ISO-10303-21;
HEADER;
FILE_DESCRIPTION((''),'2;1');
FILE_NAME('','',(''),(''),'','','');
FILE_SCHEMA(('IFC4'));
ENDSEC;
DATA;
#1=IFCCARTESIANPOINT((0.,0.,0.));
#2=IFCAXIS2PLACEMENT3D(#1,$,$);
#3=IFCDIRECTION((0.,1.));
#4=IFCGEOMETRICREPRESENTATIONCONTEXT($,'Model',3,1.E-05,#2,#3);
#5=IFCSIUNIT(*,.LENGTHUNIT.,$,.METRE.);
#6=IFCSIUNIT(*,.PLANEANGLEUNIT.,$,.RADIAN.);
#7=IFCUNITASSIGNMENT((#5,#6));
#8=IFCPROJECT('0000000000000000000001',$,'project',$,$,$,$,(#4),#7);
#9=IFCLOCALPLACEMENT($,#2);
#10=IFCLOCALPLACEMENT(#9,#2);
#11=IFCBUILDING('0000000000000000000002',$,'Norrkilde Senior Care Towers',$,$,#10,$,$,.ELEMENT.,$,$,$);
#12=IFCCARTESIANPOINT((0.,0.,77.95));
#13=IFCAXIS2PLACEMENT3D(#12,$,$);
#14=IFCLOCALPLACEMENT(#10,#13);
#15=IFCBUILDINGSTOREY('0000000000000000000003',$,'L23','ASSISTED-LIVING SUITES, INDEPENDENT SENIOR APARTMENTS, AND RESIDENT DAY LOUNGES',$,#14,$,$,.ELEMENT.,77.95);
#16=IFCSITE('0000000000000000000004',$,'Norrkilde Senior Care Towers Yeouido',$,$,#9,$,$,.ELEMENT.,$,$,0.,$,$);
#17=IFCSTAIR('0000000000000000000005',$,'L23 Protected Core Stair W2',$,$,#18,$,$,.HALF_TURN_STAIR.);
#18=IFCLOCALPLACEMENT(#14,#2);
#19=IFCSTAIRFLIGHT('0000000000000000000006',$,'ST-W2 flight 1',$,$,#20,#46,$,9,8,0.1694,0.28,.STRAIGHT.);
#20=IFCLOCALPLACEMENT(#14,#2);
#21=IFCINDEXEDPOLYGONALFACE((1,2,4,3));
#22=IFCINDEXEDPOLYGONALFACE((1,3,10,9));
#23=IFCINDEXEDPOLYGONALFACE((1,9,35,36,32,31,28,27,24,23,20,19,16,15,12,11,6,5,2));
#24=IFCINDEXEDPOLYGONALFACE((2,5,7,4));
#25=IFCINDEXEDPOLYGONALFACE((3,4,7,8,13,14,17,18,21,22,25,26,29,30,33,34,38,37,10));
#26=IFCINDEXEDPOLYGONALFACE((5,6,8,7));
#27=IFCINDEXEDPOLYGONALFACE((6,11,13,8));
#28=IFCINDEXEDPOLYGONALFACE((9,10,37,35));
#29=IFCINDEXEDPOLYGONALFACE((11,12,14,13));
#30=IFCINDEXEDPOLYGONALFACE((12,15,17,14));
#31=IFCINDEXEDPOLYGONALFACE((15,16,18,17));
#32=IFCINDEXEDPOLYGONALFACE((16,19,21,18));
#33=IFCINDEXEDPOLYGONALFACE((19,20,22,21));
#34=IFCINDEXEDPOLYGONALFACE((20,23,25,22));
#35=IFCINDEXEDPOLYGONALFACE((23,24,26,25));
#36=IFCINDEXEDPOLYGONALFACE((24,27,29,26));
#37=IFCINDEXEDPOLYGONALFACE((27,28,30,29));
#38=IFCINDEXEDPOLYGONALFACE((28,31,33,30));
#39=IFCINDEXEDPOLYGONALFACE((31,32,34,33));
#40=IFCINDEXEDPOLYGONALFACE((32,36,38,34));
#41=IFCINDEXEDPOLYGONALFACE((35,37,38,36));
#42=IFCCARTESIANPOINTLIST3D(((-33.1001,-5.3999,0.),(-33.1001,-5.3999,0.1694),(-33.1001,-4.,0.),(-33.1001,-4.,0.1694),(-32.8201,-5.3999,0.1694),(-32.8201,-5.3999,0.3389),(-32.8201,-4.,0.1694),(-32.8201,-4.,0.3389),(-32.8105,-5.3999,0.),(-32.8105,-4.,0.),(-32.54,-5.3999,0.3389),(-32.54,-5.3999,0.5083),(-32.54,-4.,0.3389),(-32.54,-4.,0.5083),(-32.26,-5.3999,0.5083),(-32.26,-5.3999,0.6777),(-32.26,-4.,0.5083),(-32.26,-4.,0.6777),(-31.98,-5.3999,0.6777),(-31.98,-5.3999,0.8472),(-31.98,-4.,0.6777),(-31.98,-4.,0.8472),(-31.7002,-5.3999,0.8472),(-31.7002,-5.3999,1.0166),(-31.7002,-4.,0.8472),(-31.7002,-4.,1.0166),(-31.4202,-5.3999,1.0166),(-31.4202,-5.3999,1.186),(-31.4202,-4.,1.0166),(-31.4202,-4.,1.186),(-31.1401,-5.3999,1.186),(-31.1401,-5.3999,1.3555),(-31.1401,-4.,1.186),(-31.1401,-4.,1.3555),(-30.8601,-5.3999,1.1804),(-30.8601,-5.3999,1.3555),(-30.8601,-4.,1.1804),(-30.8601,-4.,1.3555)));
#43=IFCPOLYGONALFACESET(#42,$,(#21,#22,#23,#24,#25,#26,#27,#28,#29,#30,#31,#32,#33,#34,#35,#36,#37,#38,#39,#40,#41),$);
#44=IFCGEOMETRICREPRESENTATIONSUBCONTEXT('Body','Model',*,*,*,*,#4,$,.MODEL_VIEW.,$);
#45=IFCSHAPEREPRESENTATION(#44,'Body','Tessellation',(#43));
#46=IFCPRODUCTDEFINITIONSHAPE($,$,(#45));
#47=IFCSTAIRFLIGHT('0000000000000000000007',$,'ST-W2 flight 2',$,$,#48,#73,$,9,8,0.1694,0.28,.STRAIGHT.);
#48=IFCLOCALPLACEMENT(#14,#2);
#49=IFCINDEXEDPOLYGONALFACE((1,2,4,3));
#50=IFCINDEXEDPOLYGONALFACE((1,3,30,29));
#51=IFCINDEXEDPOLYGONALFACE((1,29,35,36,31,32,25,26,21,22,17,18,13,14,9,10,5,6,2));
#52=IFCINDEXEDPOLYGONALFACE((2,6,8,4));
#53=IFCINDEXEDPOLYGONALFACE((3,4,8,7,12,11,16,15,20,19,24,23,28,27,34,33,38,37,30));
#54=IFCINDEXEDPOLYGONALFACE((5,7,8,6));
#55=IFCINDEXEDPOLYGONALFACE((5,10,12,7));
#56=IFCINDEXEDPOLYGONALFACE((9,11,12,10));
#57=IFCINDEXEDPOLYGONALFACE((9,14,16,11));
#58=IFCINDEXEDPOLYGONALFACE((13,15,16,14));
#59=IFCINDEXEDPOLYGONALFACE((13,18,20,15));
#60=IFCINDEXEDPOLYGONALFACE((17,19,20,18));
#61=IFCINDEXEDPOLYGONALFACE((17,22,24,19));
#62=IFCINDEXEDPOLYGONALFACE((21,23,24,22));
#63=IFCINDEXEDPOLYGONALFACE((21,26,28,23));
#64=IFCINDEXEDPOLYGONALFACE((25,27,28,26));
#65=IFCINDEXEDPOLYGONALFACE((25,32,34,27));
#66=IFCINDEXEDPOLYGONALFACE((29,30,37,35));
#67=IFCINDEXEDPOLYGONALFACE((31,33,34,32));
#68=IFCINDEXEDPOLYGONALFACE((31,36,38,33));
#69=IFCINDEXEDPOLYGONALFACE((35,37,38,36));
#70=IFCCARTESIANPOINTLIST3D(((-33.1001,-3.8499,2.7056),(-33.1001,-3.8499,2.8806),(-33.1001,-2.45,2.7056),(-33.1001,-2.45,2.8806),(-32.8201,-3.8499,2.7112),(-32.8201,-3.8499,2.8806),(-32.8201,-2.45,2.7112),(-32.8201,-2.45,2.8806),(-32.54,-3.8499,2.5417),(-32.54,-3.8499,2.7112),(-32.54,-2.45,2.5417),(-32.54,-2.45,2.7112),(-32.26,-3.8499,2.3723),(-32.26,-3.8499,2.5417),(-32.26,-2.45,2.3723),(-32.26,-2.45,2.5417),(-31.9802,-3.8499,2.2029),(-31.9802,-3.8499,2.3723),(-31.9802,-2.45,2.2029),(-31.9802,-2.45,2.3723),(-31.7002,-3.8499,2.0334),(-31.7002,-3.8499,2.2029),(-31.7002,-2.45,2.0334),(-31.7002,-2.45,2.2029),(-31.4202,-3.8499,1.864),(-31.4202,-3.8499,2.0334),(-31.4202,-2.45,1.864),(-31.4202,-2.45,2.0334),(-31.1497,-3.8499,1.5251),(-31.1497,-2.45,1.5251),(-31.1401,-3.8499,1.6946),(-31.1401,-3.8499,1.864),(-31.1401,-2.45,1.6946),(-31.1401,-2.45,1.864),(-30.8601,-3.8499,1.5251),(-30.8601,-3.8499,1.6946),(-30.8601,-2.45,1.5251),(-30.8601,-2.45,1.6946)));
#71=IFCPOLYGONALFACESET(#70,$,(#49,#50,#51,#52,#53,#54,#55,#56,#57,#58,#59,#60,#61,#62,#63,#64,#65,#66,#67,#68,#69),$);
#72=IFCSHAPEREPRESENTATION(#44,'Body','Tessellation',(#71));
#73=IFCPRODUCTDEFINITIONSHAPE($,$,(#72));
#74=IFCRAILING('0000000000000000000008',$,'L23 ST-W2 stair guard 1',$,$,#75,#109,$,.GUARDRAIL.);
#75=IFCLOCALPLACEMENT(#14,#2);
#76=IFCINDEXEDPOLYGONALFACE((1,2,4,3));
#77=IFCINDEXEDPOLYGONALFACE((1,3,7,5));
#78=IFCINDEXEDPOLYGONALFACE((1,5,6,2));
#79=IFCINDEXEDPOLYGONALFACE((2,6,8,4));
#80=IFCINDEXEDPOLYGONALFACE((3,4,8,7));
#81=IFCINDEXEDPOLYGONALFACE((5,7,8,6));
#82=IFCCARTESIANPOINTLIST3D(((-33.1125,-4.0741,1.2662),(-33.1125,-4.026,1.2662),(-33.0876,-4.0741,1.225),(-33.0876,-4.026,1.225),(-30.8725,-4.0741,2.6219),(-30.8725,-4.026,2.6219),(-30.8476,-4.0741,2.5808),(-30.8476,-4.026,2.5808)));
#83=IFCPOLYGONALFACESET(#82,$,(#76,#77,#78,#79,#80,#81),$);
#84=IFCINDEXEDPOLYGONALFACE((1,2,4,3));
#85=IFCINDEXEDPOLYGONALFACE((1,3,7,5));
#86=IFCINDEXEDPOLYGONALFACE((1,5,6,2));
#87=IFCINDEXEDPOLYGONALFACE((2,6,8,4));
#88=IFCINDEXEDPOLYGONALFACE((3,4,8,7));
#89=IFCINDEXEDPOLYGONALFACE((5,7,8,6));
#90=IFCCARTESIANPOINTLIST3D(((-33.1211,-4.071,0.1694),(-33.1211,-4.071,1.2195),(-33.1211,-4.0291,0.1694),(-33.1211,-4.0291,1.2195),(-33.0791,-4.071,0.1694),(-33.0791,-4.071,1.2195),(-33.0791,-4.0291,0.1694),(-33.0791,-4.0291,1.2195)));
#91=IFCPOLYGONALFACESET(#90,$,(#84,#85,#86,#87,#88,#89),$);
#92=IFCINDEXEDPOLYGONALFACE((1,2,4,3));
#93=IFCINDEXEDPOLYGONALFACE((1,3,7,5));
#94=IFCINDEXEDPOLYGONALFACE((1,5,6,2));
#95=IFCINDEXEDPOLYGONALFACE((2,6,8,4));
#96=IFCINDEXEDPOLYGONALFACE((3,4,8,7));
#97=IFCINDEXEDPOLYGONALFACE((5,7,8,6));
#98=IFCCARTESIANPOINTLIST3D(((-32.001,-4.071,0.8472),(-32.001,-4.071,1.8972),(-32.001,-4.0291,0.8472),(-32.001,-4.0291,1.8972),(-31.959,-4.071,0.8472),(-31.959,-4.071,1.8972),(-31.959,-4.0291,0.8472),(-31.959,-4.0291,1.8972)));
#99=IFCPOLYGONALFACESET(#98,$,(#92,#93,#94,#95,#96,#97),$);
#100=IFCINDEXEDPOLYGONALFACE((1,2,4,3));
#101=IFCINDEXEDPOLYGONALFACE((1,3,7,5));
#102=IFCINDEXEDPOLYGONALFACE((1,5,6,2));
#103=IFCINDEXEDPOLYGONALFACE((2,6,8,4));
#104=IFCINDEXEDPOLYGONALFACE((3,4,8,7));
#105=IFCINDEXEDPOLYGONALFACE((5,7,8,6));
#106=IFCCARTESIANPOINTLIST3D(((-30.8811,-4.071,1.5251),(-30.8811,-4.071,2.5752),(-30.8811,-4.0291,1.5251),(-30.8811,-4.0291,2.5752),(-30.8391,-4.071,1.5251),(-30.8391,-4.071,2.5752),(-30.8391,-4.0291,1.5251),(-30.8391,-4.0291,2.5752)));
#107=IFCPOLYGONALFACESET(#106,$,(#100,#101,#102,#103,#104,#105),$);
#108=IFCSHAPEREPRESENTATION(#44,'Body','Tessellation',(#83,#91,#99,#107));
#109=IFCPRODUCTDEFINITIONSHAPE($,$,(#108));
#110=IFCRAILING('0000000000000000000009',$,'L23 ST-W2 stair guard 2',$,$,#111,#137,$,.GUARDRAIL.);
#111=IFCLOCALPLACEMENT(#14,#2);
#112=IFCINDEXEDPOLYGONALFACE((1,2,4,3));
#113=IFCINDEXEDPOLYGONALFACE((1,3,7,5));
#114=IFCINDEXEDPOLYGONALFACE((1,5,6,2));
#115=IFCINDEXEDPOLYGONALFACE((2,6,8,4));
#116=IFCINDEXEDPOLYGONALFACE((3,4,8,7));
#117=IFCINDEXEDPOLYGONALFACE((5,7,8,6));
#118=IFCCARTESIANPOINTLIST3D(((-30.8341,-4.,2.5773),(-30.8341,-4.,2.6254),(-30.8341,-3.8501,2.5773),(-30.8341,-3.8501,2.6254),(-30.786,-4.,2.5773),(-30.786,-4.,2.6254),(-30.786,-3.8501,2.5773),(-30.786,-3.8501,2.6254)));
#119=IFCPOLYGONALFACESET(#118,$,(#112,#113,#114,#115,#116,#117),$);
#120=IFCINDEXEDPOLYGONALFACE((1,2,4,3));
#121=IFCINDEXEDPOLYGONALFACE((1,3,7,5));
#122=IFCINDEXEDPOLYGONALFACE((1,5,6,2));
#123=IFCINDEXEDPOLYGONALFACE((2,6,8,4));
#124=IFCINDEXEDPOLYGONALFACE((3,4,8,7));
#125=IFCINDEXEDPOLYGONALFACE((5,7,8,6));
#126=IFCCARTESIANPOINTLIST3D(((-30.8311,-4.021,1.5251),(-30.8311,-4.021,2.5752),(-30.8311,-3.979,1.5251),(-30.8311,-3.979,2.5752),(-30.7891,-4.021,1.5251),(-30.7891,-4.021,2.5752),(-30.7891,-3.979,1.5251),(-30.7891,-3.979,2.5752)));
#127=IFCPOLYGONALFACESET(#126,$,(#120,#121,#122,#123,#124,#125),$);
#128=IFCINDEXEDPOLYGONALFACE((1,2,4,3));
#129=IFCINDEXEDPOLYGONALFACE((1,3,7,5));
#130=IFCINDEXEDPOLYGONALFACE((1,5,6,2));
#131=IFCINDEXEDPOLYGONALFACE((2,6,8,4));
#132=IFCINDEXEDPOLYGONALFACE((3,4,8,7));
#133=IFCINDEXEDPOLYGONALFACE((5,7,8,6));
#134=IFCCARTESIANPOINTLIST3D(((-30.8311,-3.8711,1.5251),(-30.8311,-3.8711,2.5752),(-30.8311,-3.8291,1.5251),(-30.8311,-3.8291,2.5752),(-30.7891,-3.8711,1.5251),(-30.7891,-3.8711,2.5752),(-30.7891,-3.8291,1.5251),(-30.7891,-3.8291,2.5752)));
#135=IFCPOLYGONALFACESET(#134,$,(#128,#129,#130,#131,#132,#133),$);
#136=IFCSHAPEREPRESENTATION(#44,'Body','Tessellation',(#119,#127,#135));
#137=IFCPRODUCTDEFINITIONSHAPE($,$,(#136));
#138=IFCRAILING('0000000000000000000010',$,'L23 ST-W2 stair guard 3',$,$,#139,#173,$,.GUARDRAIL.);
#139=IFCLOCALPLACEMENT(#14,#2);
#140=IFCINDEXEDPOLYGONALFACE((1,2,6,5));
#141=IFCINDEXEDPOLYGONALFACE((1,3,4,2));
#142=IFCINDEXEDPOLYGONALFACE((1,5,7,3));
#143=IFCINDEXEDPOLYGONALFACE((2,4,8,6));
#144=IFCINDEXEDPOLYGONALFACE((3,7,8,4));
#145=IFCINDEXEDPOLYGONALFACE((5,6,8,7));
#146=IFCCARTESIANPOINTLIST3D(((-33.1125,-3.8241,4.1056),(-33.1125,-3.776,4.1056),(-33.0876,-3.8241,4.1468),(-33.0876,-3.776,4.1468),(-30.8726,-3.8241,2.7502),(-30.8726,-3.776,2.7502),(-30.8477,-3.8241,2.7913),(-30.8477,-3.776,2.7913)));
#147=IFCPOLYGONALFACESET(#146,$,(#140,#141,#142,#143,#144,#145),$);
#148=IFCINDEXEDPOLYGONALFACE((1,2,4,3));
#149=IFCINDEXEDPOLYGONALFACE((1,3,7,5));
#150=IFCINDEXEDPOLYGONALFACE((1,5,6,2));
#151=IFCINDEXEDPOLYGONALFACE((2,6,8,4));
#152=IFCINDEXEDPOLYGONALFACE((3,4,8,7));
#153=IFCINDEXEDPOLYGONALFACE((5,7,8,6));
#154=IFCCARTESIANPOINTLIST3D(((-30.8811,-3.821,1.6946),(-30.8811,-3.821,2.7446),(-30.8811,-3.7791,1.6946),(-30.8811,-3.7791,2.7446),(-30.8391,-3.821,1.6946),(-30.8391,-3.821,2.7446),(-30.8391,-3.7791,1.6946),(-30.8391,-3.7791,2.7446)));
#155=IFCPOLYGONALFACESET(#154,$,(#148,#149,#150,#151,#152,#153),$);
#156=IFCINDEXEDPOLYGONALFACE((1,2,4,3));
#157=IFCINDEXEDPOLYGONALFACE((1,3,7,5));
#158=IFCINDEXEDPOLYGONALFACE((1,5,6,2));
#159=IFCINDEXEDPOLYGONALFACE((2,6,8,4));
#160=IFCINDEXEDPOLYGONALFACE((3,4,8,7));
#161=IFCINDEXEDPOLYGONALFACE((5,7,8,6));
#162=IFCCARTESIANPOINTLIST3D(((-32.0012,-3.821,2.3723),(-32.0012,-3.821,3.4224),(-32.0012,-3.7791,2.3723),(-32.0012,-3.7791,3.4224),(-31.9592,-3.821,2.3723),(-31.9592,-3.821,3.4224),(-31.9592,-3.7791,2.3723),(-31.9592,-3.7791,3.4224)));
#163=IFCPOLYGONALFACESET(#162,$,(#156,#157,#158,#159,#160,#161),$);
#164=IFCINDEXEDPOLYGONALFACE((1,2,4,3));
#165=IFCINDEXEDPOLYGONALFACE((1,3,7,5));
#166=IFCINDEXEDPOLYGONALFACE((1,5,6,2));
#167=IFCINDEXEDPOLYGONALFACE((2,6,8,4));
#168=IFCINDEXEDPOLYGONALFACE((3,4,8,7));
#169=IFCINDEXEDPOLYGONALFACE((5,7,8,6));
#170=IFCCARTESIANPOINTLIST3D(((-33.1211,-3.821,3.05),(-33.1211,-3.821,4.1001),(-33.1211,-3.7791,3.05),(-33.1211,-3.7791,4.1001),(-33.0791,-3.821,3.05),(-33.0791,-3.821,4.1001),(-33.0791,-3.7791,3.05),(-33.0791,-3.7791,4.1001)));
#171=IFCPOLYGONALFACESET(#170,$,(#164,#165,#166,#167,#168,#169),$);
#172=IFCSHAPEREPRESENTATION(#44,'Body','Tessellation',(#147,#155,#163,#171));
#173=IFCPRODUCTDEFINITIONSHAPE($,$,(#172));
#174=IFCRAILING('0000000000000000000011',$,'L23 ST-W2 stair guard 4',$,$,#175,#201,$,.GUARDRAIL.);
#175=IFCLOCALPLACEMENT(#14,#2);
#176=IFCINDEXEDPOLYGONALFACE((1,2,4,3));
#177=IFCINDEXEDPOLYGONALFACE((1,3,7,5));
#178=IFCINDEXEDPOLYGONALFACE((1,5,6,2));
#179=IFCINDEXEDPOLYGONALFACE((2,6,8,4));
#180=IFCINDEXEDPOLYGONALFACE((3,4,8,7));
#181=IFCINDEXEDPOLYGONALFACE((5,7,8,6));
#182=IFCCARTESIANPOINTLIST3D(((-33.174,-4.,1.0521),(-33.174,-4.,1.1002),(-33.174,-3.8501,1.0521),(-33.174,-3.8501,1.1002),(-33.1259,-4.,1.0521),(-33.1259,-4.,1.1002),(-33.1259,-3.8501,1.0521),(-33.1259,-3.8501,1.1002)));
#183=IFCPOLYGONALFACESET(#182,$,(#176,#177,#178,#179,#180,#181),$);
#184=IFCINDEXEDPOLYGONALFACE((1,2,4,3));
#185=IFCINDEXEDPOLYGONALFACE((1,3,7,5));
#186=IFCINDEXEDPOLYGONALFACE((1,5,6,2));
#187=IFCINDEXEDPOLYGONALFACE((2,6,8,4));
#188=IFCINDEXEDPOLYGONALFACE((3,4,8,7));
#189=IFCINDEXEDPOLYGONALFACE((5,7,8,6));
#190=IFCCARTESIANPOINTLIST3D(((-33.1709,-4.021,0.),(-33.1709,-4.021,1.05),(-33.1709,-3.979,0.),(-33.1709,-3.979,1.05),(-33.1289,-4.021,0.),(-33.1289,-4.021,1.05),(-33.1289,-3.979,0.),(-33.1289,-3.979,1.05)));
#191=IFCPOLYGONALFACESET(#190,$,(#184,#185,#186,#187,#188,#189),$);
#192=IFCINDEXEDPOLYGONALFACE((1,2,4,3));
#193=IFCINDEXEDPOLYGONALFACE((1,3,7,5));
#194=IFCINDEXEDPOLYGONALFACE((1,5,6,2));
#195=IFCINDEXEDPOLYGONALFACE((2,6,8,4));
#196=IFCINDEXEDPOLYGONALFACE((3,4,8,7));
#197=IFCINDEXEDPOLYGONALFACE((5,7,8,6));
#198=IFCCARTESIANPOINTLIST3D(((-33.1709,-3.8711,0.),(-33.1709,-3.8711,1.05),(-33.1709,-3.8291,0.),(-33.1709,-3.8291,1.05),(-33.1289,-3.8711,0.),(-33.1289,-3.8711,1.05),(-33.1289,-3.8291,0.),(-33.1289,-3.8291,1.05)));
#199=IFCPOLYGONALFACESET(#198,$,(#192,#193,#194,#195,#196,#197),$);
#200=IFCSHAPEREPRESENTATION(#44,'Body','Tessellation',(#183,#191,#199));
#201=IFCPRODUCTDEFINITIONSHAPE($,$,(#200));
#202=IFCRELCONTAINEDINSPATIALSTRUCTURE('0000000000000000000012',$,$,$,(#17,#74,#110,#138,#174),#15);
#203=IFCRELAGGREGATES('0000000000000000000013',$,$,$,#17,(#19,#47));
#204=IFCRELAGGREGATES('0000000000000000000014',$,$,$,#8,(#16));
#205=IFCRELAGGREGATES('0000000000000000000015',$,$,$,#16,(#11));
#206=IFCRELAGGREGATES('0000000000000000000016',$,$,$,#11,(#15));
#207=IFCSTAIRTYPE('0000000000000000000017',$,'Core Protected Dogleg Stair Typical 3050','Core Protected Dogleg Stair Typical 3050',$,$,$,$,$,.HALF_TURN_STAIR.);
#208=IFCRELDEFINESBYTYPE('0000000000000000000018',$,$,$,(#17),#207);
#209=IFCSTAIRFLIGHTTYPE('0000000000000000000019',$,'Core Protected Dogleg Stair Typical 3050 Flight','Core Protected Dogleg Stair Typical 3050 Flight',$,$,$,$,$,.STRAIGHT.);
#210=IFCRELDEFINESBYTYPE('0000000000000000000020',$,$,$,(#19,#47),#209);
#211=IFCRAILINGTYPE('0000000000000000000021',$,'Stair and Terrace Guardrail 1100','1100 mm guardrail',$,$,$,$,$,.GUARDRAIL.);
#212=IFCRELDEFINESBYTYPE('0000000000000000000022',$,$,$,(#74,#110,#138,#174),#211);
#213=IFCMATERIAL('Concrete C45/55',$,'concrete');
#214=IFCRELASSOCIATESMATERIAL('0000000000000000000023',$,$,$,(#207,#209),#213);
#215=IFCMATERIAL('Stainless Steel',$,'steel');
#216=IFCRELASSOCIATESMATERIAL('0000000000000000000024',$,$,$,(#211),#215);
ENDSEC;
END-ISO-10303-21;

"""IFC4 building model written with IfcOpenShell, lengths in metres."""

from ifc_helpers import new_model, si_unit, direction, frame, origin, origin_2d, place, context, subcontext, project, spatial, polyline, rectangle, outline, extrude, material, type_object, element, aggregate, save


model = new_model("IFC4")

# Units and contexts
model_context = context("Model", 3, precision=1e-05, world=origin(), true_north=direction((0.0, 1.0)))
body_context = subcontext(model_context, "Body", "Model", "MODEL_VIEW")
ifc_project = project(units=[si_unit("LENGTHUNIT", "METRE"), si_unit("PLANEANGLEUNIT", "RADIAN")], contexts=[model_context])

# Site, building, storey
site_placement = place(None, origin())
site = spatial("IfcSite", under=ifc_project, at=site_placement, Name="Norrkilde Senior Care Towers Yeouido", CompositionType="ELEMENT", RefElevation=0.0)
building_placement = place(site_placement, origin())
building = spatial("IfcBuilding", under=site, at=building_placement, Name="Norrkilde Senior Care Towers", CompositionType="ELEMENT")
storey_placement = place(building_placement, frame((0.0, 0.0, 77.95)))
storey = spatial("IfcBuildingStorey", under=building, at=storey_placement, Name="L23", Description="ASSISTED-LIVING SUITES, INDEPENDENT SENIOR APARTMENTS, AND RESIDENT DAY LOUNGES", CompositionType="ELEMENT", Elevation=77.95)

# Shared definitions
ifc_material_1 = material(Name="Concrete C45/55", Category="concrete")

# Shared definitions
ifc_material_2 = material(Name="Stainless Steel", Category="steel")

# Stair, stair flights
stair_type = type_object("IfcStairType", Name="Core Protected Dogleg Stair Typical 3050", Description="Core Protected Dogleg Stair Typical 3050", PredefinedType="HALF_TURN_STAIR", material=ifc_material_1)
stair_placement = place(storey_placement, origin())
stair = element("IfcStair", 1, at=stair_placement, inside=storey, type_object=stair_type, Name="L23 Protected Core Stair W2", PredefinedType="HALF_TURN_STAIR")
stair_flight_type = type_object("IfcStairFlightType", Name="Core Protected Dogleg Stair Typical 3050 Flight", Description="Core Protected Dogleg Stair Typical 3050 Flight", PredefinedType="STRAIGHT", material=ifc_material_1)
stair_flight_1_placement = place(storey_placement, frame((-33.1001, -4.7, 0.0), z_axis=(0.0, 0.0, 1.0), x_axis=(1.0, 0.0, 0.0)))
stair_flight_1 = element("IfcStairFlight", 2, at=stair_flight_1_placement, type_object=stair_flight_type, Name="ST-W2 flight 1", NumberOfRisers=9, NumberOfTreads=8, PredefinedType="STRAIGHT", RiserHeight=0.1694, TreadLength=0.28, context=body_context, shape_type="SweptSolid", body=[
    extrude(outline(polyline([(0.0, 0.0), (0.0, 0.1694), (0.28, 0.1694), (0.28, 0.3389), (0.5601, 0.3389), (0.5601, 0.5083), (0.8401, 0.5083), (0.8401, 0.6777), (1.1201, 0.6777), (1.1201, 0.8472), (1.3999, 0.8472), (1.3999, 1.0166), (1.6799, 1.0166), (1.6799, 1.186), (1.96, 1.186), (1.96, 1.3555), (2.24, 1.3555), (2.24, 1.5249), (2.24, 1.1804), (0.2896, 0.0), (0.0, 0.0)])), frame((0.0, 0.7, 0.0), z_axis=(0.0, -1.0, 0.0), x_axis=(1.0, 0.0, 0.0)), (0.0, 0.0, 1.0), 1.3999),
])
stair_flight_2_placement = place(storey_placement, frame((-30.8601, -3.1499, 1.5251), z_axis=(0.0, 0.0, 1.0), x_axis=(-1.0, 0.0, 0.0)))
stair_flight_2 = element("IfcStairFlight", 3, at=stair_flight_2_placement, type_object=stair_flight_type, Name="ST-W2 flight 2", NumberOfRisers=9, NumberOfTreads=8, PredefinedType="STRAIGHT", RiserHeight=0.1694, TreadLength=0.28, context=body_context, shape_type="SweptSolid", body=[
    extrude(outline(polyline([(0.0, 0.0), (0.0, 0.1694), (0.28, 0.1694), (0.28, 0.3389), (0.5601, 0.3389), (0.5601, 0.5083), (0.8401, 0.5083), (0.8401, 0.6777), (1.1201, 0.6777), (1.1201, 0.8472), (1.3999, 0.8472), (1.3999, 1.0166), (1.6799, 1.0166), (1.6799, 1.186), (1.96, 1.186), (1.96, 1.3555), (2.24, 1.3555), (2.24, 1.5249), (2.24, 1.1804), (0.2896, 0.0), (0.0, 0.0)])), frame((0.0, 0.7, 0.0), z_axis=(0.0, -1.0, 0.0), x_axis=(1.0, 0.0, 0.0)), (0.0, 0.0, 1.0), 1.3999),
])
aggregate(stair, [stair_flight_1, stair_flight_2])

# Railings
railing_type_1 = type_object("IfcRailingType", Name="Stair and Terrace Guardrail 1100", Description="1100 mm guardrail", PredefinedType="GUARDRAIL", material=ifc_material_2)
railing_1_placement = place(storey_placement, frame((-33.1001, -4.05, 0.1694)))
element("IfcRailing", 4, at=railing_1_placement, inside=storey, type_object=railing_type_1, Name="L23 ST-W2 stair guard 1", PredefinedType="GUARDRAIL", context=body_context, shape_type="SweptSolid", body=[
    extrude(rectangle(XDim=0.0481, YDim=0.0481, at=origin_2d()), frame((0.0, 0.0, 1.0762), z_axis=(0.855512, 0.0, 0.517783), x_axis=(0.0, 1.0, 0.0)), (0.0, 0.0, 1.0), 2.6184),
    extrude(rectangle(XDim=0.042, YDim=0.042, at=origin_2d()), origin(), (0.0, 0.0, 1.0), 1.05),
    extrude(rectangle(XDim=0.042, YDim=0.042, at=origin_2d()), frame((1.1201, 0.0, 0.6777)), (0.0, 0.0, 1.0), 1.05),
    extrude(rectangle(XDim=0.042, YDim=0.042, at=origin_2d()), frame((2.24, 0.0, 1.3557)), (0.0, 0.0, 1.0), 1.05),
])
railing_2_placement = place(storey_placement, frame((-30.8101, -4.0, 1.5251)))
element("IfcRailing", 5, at=railing_2_placement, inside=storey, type_object=railing_type_1, Name="L23 ST-W2 stair guard 2", PredefinedType="GUARDRAIL", context=body_context, shape_type="SweptSolid", body=[
    extrude(rectangle(XDim=0.0481, YDim=0.0481, at=origin_2d()), frame((0.0, 0.0, 1.0762), z_axis=(0.0, 1.0, 0.0), x_axis=(-1.0, 0.0, 0.0)), (0.0, 0.0, 1.0), 0.1499),
    extrude(rectangle(XDim=0.042, YDim=0.042, at=origin_2d()), origin(), (0.0, 0.0, 1.0), 1.05),
    extrude(rectangle(XDim=0.042, YDim=0.042, at=origin_2d()), frame((0.0, 0.1499, 0.0)), (0.0, 0.0, 1.0), 1.05),
])
railing_3_placement = place(storey_placement, frame((-30.8601, -3.8, 1.6946)))
element("IfcRailing", 6, at=railing_3_placement, inside=storey, type_object=railing_type_1, Name="L23 ST-W2 stair guard 3", PredefinedType="GUARDRAIL", context=body_context, shape_type="SweptSolid", body=[
    extrude(rectangle(XDim=0.0481, YDim=0.0481, at=origin_2d()), frame((0.0, 0.0, 1.0762), z_axis=(-0.855553, 0.0, 0.517715), x_axis=(0.0, -1.0, 0.0)), (0.0, 0.0, 1.0), 2.6182),
    extrude(rectangle(XDim=0.042, YDim=0.042, at=origin_2d()), origin(), (0.0, 0.0, 1.0), 1.05),
    extrude(rectangle(XDim=0.042, YDim=0.042, at=origin_2d()), frame((-1.1201, 0.0, 0.6777)), (0.0, 0.0, 1.0), 1.05),
    extrude(rectangle(XDim=0.042, YDim=0.042, at=origin_2d()), frame((-2.24, 0.0, 1.3555)), (0.0, 0.0, 1.0), 1.05),
])
railing_4_placement = place(storey_placement, frame((-33.1499, -4.0, 0.0)))
element("IfcRailing", 7, at=railing_4_placement, inside=storey, type_object=railing_type_1, Name="L23 ST-W2 stair guard 4", PredefinedType="GUARDRAIL", context=body_context, shape_type="SweptSolid", body=[
    extrude(rectangle(XDim=0.0481, YDim=0.0481, at=origin_2d()), frame((0.0, 0.0, 1.0762), z_axis=(0.0, 1.0, 0.0), x_axis=(-1.0, 0.0, 0.0)), (0.0, 0.0, 1.0), 0.1499),
    extrude(rectangle(XDim=0.042, YDim=0.042, at=origin_2d()), origin(), (0.0, 0.0, 1.0), 1.05),
    extrude(rectangle(XDim=0.042, YDim=0.042, at=origin_2d()), frame((0.0, 0.1499, 0.0)), (0.0, 0.0, 1.0), 1.05),
])

save(model, "model.ifc")
